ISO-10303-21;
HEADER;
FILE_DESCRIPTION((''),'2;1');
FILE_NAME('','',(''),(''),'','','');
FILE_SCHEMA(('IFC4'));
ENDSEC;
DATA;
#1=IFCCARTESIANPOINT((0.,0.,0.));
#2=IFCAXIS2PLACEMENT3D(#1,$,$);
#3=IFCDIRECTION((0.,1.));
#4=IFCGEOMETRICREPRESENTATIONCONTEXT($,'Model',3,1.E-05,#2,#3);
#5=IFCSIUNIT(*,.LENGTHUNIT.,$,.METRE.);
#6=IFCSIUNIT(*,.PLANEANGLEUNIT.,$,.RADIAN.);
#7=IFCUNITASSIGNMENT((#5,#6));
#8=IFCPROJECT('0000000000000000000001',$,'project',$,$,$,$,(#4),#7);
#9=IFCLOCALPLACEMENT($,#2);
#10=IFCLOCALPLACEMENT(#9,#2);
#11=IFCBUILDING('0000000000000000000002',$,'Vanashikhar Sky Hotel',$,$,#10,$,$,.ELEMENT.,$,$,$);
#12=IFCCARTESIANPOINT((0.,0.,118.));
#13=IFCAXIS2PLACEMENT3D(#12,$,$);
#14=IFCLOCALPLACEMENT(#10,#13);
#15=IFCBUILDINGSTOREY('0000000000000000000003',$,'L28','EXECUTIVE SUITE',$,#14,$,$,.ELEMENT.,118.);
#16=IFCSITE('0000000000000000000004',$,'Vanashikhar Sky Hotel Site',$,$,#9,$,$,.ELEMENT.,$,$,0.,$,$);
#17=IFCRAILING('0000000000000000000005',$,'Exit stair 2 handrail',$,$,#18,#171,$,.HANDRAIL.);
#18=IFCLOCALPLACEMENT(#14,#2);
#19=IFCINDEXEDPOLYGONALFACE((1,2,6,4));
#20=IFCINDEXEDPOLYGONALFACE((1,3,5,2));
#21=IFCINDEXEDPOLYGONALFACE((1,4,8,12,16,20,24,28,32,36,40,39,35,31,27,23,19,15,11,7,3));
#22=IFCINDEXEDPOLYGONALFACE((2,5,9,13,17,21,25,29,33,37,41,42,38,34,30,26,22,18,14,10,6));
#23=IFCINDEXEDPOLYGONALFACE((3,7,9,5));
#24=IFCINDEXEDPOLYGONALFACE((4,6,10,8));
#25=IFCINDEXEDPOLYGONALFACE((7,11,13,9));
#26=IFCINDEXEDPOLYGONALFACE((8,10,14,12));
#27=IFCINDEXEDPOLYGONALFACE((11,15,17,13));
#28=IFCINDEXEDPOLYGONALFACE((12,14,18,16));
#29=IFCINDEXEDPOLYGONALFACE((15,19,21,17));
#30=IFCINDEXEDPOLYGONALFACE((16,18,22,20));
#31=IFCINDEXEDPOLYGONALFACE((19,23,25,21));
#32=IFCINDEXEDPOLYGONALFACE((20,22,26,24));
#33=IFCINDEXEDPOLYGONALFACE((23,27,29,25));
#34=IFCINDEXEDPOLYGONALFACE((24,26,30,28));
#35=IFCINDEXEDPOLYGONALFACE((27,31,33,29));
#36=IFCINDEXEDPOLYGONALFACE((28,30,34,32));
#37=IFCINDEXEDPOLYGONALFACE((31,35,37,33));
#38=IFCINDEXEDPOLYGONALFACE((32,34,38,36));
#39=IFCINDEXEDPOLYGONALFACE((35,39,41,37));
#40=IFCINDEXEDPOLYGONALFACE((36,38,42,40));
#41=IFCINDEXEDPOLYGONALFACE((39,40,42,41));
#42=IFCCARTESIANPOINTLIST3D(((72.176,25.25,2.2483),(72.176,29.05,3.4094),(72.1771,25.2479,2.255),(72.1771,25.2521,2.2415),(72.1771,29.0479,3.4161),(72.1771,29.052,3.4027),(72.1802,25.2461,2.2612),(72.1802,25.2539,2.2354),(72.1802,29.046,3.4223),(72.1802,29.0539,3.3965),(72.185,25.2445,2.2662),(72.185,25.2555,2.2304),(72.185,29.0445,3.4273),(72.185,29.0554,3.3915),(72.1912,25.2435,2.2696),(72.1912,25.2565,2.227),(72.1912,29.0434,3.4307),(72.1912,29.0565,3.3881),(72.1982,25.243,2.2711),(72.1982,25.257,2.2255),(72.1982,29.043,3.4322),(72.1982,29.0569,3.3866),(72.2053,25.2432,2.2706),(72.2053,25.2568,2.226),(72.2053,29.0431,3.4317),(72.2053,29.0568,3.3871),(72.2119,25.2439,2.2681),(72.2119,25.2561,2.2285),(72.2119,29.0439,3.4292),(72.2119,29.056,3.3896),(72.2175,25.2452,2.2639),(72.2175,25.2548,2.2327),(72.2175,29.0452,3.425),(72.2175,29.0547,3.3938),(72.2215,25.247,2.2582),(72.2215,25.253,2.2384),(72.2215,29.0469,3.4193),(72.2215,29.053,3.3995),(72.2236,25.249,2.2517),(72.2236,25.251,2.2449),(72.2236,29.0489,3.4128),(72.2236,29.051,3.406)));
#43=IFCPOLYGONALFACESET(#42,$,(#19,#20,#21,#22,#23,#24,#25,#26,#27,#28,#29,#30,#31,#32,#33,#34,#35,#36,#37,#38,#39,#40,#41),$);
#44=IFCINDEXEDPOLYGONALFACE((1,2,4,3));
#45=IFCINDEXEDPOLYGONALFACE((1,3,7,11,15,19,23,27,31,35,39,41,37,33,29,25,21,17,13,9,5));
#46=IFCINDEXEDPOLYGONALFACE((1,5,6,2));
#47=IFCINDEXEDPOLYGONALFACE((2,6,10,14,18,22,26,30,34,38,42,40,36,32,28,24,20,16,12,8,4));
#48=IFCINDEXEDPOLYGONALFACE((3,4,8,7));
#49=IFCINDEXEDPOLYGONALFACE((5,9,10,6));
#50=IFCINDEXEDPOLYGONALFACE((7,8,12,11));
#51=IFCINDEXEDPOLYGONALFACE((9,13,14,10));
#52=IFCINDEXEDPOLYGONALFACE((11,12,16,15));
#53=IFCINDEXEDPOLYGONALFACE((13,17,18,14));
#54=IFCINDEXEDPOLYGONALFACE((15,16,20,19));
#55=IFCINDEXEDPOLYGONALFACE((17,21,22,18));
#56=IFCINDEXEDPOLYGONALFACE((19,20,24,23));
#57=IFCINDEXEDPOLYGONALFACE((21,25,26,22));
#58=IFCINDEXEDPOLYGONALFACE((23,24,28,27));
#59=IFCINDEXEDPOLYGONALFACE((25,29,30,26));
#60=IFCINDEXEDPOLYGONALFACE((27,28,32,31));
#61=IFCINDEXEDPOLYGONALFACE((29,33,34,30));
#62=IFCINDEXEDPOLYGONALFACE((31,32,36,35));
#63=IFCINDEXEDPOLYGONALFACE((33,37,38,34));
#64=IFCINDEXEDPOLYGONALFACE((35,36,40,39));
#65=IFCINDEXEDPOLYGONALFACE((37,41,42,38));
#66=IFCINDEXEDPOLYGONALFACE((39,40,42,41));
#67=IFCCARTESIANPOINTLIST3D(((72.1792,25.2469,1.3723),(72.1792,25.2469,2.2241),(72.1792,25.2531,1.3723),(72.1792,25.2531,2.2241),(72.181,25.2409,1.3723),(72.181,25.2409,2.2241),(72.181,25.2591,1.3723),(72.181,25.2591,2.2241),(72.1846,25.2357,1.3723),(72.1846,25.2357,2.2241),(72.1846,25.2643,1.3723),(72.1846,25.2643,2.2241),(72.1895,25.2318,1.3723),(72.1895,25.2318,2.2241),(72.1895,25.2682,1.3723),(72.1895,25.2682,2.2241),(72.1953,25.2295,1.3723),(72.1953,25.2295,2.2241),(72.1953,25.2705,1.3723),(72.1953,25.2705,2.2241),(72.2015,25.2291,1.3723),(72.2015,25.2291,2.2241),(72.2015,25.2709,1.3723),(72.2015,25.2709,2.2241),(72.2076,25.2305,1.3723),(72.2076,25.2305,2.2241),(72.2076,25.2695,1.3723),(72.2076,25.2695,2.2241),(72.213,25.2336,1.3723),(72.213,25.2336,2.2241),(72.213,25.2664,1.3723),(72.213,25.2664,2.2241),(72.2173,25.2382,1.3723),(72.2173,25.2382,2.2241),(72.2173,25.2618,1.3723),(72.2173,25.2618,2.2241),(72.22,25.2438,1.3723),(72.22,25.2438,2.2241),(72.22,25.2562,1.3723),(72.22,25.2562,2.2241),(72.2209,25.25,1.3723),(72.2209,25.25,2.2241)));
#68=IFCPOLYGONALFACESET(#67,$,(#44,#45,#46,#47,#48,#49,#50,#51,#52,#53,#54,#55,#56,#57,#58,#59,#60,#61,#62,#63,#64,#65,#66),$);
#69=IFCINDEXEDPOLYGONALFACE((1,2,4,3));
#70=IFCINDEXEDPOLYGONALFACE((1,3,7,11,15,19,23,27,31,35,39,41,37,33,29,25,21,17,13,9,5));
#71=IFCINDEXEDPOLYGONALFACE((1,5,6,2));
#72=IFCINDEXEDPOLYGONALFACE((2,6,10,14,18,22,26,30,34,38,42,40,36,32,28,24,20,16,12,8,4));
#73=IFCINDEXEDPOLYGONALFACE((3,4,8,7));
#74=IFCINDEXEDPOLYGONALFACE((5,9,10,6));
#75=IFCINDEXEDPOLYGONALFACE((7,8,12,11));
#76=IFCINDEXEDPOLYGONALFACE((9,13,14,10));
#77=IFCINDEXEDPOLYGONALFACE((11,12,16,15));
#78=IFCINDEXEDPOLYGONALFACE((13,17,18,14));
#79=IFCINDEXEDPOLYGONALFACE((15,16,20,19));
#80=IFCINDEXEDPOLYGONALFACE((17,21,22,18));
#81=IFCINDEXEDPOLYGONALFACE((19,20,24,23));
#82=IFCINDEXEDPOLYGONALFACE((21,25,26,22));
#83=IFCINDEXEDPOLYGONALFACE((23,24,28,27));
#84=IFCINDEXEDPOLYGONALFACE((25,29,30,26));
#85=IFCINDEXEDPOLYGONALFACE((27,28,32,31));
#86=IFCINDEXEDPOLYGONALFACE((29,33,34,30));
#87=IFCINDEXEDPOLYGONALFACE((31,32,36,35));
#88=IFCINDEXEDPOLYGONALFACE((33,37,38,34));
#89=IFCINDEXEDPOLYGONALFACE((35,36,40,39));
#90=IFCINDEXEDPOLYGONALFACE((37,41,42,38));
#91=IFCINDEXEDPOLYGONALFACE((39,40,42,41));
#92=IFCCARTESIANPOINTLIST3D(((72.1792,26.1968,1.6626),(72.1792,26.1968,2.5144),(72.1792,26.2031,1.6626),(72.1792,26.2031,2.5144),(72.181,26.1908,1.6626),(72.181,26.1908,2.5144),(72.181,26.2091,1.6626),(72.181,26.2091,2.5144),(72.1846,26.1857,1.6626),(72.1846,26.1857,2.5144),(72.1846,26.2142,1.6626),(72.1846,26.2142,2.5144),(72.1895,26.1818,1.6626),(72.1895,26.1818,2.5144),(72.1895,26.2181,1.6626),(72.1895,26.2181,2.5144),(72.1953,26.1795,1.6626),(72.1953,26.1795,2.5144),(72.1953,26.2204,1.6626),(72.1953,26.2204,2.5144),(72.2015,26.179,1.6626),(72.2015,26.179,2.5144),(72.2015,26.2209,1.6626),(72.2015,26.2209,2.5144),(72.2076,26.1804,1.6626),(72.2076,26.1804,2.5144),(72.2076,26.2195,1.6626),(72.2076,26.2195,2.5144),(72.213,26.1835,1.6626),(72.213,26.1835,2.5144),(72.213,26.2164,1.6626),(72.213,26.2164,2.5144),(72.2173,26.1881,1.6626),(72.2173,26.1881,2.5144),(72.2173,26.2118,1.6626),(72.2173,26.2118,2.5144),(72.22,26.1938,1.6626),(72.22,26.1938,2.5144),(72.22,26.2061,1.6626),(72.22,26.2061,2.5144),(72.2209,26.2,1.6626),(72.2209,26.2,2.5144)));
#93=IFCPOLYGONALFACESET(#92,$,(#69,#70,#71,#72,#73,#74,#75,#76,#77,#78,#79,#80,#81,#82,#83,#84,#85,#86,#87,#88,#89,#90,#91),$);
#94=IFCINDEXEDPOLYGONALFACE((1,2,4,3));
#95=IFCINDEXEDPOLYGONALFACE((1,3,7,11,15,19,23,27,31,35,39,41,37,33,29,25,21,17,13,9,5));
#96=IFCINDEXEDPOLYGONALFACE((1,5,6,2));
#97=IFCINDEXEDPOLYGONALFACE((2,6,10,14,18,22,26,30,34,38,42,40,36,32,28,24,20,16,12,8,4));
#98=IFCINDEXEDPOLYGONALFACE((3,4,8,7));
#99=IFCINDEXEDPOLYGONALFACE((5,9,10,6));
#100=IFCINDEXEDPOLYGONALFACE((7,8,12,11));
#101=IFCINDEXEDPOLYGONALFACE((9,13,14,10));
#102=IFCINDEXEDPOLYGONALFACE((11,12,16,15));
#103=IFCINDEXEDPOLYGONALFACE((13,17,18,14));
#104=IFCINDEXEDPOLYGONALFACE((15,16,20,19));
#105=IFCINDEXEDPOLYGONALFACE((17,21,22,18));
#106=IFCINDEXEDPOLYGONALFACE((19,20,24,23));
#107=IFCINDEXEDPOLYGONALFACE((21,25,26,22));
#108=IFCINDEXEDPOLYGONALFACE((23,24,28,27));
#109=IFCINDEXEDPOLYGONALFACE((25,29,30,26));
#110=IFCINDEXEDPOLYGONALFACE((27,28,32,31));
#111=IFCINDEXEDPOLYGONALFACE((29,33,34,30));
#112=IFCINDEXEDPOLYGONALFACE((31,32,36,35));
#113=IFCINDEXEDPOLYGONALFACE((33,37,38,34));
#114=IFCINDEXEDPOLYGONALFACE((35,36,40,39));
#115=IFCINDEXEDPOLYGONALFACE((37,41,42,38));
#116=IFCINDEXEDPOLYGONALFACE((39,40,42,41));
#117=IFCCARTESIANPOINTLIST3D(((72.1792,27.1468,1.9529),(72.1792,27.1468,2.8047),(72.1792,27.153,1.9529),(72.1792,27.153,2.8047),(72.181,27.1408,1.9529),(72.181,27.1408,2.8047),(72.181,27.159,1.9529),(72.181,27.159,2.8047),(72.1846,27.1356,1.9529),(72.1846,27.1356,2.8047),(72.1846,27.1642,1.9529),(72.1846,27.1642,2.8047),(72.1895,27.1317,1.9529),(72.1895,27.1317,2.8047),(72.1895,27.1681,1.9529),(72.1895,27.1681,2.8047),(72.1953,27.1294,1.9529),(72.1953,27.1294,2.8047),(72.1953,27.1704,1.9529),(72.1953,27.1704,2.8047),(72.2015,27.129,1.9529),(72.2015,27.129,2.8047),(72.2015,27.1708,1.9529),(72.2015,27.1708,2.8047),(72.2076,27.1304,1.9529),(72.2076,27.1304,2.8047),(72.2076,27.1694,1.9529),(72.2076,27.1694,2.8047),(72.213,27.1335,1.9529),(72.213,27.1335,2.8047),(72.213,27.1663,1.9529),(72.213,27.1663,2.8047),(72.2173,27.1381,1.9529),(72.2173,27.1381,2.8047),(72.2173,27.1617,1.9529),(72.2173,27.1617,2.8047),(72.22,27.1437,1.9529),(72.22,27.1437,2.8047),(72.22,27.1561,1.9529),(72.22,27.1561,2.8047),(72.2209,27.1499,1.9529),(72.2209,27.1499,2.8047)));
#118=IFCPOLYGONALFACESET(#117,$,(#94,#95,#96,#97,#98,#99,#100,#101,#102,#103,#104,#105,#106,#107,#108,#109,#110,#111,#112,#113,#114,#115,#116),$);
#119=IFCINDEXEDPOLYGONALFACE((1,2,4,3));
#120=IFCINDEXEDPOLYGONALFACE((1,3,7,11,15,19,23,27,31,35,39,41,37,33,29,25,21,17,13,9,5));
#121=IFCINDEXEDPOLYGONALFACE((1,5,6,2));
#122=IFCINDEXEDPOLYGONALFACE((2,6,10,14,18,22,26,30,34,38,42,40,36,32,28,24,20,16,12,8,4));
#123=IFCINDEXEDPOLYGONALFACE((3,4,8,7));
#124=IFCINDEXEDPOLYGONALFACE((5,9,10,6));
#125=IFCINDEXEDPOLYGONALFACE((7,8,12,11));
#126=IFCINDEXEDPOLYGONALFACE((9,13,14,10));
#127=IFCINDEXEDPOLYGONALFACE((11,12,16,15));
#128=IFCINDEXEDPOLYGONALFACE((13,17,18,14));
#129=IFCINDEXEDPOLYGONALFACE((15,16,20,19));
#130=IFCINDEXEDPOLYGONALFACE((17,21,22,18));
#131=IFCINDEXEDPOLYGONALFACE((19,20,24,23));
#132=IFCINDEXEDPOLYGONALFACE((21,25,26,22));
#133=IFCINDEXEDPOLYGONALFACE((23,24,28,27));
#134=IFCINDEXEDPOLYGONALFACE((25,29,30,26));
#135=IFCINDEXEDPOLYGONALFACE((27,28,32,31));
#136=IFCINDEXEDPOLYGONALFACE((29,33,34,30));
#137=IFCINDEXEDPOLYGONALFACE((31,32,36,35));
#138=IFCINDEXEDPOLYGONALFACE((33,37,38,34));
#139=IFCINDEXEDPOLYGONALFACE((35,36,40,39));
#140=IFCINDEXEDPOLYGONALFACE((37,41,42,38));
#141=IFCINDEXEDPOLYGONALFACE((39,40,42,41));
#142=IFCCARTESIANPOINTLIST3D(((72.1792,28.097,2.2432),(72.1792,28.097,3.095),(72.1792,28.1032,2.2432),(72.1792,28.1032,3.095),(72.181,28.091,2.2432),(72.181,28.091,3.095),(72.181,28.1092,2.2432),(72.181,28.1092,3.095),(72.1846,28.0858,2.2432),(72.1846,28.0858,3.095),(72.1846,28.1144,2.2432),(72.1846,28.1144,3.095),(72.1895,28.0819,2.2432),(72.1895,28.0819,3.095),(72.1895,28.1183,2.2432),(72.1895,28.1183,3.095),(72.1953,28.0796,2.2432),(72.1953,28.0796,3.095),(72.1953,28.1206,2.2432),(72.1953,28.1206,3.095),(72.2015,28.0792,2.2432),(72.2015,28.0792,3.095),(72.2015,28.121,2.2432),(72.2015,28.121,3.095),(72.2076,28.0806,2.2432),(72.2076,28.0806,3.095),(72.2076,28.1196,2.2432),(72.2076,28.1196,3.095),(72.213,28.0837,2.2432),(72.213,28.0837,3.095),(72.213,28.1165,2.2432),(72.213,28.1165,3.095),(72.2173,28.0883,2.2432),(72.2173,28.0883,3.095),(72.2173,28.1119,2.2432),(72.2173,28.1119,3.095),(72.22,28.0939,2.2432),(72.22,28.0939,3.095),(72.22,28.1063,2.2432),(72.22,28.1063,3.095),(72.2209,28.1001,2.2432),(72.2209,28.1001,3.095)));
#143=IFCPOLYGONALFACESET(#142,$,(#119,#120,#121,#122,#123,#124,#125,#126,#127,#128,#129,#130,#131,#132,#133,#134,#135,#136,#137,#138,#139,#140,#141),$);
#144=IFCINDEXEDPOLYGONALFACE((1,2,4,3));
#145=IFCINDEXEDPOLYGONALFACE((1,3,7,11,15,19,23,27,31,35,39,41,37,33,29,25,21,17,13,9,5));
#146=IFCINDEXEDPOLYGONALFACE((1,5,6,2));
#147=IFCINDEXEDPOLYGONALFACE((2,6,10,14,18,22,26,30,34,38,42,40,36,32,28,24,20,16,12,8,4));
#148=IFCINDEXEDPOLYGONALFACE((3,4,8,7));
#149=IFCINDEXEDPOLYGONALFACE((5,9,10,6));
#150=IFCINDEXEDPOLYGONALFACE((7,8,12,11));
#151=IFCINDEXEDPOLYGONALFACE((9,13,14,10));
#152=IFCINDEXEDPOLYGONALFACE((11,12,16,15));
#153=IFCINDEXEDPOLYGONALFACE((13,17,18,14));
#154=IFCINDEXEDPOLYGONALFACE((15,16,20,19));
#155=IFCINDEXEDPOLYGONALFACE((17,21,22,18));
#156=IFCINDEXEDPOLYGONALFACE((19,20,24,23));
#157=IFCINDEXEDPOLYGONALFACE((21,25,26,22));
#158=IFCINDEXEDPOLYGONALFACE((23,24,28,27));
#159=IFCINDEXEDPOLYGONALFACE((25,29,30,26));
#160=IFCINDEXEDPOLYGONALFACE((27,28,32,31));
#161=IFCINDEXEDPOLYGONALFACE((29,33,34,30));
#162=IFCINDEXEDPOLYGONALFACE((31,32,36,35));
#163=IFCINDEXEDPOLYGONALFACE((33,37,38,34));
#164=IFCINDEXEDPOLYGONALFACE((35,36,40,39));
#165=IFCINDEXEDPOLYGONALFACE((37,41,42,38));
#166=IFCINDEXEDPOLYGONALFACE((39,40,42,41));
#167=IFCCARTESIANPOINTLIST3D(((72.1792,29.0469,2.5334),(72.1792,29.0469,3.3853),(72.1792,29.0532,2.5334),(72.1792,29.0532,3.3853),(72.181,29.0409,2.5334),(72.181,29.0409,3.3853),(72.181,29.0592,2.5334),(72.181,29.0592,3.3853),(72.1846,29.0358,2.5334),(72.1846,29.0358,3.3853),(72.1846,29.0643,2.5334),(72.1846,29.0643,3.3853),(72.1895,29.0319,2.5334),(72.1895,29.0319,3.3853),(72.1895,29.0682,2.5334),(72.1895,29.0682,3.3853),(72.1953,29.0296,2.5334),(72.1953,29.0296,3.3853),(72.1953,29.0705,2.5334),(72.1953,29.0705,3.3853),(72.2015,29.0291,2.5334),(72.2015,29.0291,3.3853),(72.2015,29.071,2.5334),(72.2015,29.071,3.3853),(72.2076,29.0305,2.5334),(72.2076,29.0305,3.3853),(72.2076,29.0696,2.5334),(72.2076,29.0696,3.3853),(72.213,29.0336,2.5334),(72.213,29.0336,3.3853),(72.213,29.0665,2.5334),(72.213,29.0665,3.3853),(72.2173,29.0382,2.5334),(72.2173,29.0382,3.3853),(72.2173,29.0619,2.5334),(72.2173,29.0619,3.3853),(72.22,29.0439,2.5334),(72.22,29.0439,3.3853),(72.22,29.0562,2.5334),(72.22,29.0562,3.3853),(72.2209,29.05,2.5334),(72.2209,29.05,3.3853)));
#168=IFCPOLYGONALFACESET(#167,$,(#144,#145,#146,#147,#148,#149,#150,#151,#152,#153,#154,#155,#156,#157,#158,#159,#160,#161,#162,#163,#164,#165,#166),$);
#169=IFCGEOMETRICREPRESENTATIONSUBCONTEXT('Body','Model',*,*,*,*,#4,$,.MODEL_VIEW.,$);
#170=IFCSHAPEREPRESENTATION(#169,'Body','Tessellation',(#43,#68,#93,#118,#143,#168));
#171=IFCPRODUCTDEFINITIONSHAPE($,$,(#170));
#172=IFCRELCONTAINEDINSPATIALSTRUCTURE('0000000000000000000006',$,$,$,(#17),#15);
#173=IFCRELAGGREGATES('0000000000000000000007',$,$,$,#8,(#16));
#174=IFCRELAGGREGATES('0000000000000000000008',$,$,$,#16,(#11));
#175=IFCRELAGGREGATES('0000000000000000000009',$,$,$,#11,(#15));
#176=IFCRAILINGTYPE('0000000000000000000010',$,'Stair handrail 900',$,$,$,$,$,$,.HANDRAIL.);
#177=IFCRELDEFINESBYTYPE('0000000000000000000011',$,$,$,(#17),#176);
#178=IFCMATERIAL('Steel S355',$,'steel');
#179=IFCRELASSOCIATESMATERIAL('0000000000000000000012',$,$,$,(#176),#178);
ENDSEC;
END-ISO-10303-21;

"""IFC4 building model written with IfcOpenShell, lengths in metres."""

from ifc_helpers import new_model, si_unit, direction, frame, origin, origin_2d, place, context, subcontext, project, spatial, circle, extrude, source, transform, mapped, material, type_object, element, save


model = new_model("IFC4")

# Units and contexts
model_context = context("Model", 3, precision=1e-05, world=origin(), true_north=direction((0.0, 1.0)))
body_context = subcontext(model_context, "Body", "Model", "MODEL_VIEW")
ifc_project = project(units=[si_unit("LENGTHUNIT", "METRE"), si_unit("PLANEANGLEUNIT", "RADIAN")], contexts=[model_context])

# Site, building, storey
site_placement = place(None, origin())
site = spatial("IfcSite", under=ifc_project, at=site_placement, Name="Vanashikhar Sky Hotel Site", CompositionType="ELEMENT", RefElevation=0.0)
building_placement = place(site_placement, origin())
building = spatial("IfcBuilding", under=site, at=building_placement, Name="Vanashikhar Sky Hotel", CompositionType="ELEMENT")
storey_placement = place(building_placement, frame((0.0, 0.0, 118.0)))
storey = spatial("IfcBuildingStorey", under=building, at=storey_placement, Name="L28", Description="EXECUTIVE SUITE", CompositionType="ELEMENT", Elevation=118.0)

# Railing
ifc_material_1 = material(Name="Steel S355", Category="steel")
railing_type_1 = type_object("IfcRailingType", Name="Stair handrail 900", PredefinedType="HANDRAIL", material=ifc_material_1)
shared_shape_1 = source(origin(), body_context, "Body", "SweptSolid", [
    extrude(circle(Radius=0.0239, at=origin_2d()), frame((0.0, 0.0, 0.876), z_axis=(0.0, 0.956351, 0.29222), x_axis=(-1.0, 0.0, 0.0)), (0.0, 0.0, 1.0), 3.9734),
    extrude(circle(Radius=0.021, at=origin_2d()), origin(), (0.0, 0.0, 1.0), 0.8518),
    extrude(circle(Radius=0.021, at=origin_2d()), frame((0.0, 0.95, 0.2903)), (0.0, 0.0, 1.0), 0.8518),
    extrude(circle(Radius=0.021, at=origin_2d()), frame((0.0, 1.8999, 0.5806)), (0.0, 0.0, 1.0), 0.8518),
    extrude(circle(Radius=0.021, at=origin_2d()), frame((0.0, 2.8501, 0.8708)), (0.0, 0.0, 1.0), 0.8518),
    extrude(circle(Radius=0.021, at=origin_2d()), frame((0.0, 3.8, 1.1611)), (0.0, 0.0, 1.0), 0.8518),
])
for number, where, name in (
    (1, (72.2, 25.25, 1.3723), "Exit stair 2 handrail"),
):
    element("IfcRailing", number, at=place(storey_placement, frame(where)), inside=storey, type_object=railing_type_1, Name=name, PredefinedType="HANDRAIL", context=body_context, shape_type="MappedRepresentation", body=[
        mapped(shared_shape_1, transform((0.0, 0.0, 0.0), scale=1.0)),
    ])

save(model, "model.ifc")
